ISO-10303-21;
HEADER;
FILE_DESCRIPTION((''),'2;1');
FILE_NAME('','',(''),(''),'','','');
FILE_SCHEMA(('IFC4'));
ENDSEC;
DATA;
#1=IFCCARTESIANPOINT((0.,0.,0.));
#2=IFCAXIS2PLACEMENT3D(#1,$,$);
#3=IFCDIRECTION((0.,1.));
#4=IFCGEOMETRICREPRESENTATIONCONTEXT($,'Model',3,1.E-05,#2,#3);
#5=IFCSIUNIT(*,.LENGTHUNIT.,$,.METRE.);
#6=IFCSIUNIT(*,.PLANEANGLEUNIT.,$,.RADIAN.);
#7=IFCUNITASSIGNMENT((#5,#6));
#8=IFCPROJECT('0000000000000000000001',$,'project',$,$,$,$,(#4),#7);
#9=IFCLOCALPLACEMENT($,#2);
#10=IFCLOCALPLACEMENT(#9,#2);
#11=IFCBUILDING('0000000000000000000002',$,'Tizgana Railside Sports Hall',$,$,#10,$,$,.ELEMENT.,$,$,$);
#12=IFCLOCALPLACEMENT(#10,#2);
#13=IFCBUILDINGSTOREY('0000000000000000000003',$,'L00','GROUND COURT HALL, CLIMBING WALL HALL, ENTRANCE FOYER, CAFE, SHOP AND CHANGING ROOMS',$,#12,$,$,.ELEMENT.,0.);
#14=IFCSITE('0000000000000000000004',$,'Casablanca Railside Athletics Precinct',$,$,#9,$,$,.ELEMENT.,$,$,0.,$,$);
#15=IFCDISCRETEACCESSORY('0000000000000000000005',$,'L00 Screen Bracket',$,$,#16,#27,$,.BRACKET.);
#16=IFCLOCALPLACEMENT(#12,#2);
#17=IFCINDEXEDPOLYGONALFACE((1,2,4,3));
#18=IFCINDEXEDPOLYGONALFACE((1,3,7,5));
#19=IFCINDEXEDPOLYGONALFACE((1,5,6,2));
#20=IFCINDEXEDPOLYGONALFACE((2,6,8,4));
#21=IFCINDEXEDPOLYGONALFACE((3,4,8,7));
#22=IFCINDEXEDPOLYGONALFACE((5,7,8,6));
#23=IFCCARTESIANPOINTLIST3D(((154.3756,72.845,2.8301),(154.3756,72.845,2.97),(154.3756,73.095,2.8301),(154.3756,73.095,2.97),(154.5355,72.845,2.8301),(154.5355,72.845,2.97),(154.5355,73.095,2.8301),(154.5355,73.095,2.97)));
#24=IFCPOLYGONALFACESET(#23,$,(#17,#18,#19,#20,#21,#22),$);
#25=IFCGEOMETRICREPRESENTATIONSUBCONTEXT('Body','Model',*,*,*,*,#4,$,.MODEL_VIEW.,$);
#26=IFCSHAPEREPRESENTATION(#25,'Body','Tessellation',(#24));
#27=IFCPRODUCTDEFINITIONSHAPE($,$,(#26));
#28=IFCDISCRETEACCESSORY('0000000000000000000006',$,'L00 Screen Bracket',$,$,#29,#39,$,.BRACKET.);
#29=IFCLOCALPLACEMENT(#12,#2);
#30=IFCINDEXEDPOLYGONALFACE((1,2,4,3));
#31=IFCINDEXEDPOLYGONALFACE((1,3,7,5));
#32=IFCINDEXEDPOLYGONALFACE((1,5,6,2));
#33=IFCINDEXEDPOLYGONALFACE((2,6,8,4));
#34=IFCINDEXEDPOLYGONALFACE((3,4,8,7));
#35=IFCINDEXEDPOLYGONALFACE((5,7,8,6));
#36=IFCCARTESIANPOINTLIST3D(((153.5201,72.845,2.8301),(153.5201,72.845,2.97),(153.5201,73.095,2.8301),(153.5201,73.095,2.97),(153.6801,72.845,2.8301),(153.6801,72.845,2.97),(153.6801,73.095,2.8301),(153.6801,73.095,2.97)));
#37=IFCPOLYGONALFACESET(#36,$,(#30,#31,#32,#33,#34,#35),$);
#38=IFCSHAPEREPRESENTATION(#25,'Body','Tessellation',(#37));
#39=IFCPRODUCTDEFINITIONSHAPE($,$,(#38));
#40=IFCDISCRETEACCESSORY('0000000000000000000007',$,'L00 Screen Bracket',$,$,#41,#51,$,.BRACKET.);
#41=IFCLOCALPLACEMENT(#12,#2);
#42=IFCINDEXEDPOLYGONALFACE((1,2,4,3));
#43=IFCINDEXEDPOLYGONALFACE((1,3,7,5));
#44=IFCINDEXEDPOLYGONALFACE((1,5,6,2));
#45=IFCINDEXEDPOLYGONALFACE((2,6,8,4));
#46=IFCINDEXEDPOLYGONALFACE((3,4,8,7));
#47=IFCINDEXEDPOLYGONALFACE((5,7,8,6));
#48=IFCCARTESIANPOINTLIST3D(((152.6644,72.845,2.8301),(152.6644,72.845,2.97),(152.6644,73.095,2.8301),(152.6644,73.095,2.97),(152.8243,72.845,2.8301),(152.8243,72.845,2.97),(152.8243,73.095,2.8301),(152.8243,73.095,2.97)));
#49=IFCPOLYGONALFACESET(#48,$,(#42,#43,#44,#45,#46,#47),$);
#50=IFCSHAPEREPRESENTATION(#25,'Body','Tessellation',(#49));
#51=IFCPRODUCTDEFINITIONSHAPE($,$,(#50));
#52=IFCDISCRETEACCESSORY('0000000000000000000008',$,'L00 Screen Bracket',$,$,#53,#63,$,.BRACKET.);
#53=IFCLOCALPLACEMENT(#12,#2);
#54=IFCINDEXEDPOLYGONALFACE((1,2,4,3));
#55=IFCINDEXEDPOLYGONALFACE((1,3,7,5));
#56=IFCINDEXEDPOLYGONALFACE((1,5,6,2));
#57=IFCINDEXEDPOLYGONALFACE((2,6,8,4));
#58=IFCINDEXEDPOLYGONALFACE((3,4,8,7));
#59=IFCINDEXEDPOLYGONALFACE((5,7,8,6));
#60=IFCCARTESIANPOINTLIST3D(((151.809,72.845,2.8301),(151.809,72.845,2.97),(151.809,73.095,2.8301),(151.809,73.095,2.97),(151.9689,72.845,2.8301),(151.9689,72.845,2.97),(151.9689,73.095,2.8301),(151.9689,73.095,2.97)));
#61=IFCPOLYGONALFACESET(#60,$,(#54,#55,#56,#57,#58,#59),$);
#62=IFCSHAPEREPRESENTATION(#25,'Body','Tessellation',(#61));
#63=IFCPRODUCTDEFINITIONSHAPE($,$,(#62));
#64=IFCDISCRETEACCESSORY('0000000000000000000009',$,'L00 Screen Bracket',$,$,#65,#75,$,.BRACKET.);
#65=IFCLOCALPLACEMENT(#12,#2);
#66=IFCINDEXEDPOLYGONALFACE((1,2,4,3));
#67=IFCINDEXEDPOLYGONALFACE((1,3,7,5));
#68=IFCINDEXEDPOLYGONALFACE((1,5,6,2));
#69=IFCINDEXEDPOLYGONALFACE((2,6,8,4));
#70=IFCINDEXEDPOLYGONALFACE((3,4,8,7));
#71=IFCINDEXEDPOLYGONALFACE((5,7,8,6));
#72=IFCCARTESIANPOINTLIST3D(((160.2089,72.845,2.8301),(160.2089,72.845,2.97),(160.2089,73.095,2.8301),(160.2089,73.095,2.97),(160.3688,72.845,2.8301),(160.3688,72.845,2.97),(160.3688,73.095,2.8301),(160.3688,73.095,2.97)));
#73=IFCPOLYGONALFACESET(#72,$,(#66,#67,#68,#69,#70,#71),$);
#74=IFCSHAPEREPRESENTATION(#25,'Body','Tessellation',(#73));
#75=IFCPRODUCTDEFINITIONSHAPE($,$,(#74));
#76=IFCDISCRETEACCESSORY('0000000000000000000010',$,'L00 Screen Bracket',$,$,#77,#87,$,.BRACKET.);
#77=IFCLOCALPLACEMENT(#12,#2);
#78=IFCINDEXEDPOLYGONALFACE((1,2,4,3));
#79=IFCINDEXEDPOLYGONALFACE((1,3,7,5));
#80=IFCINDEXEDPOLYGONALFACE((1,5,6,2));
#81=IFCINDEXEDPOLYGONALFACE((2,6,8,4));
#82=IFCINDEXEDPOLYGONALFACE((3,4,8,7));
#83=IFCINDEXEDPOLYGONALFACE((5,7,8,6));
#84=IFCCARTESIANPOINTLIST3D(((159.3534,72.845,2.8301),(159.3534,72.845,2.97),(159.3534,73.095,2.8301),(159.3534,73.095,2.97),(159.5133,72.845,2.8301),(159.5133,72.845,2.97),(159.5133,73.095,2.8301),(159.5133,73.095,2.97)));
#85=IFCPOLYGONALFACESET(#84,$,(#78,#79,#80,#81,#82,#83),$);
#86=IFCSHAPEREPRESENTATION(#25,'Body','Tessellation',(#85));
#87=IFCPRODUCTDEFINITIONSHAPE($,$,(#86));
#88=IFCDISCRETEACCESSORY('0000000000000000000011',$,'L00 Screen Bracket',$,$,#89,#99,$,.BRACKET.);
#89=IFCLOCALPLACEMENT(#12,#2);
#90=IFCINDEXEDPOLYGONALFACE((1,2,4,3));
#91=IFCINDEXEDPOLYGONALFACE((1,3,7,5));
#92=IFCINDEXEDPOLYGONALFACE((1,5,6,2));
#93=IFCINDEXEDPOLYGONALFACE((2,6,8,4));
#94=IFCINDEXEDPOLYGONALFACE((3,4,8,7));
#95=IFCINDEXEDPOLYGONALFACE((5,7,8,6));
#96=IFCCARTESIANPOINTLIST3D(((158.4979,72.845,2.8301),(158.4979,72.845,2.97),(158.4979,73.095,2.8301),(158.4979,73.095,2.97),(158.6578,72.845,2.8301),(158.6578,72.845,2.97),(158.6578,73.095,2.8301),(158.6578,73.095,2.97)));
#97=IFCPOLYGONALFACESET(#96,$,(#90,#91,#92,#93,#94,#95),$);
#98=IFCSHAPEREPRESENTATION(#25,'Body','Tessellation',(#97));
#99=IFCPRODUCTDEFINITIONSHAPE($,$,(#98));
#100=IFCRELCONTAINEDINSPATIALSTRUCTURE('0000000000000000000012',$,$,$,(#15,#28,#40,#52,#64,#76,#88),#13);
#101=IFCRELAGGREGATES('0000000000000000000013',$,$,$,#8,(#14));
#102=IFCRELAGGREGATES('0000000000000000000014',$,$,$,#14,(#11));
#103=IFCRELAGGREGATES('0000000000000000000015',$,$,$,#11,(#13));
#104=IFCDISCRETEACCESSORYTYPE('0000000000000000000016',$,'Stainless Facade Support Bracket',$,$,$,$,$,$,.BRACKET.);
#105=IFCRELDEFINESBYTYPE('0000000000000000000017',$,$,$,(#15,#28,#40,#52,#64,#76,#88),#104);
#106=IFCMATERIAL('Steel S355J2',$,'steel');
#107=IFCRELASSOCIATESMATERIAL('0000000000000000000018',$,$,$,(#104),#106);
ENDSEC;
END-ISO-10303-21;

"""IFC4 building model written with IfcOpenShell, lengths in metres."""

from ifc_helpers import new_model, si_unit, direction, frame, origin, origin_2d, place, context, subcontext, project, spatial, rectangle, extrude, material, type_object, element, save


model = new_model("IFC4")

# Units and contexts
model_context = context("Model", 3, precision=1e-05, world=origin(), true_north=direction((0.0, 1.0)))
body_context = subcontext(model_context, "Body", "Model", "MODEL_VIEW")
ifc_project = project(units=[si_unit("LENGTHUNIT", "METRE"), si_unit("PLANEANGLEUNIT", "RADIAN")], contexts=[model_context])

# Site, building, storey
site_placement = place(None, origin())
site = spatial("IfcSite", under=ifc_project, at=site_placement, Name="Casablanca Railside Athletics Precinct", CompositionType="ELEMENT", RefElevation=0.0)
building_placement = place(site_placement, origin())
building = spatial("IfcBuilding", under=site, at=building_placement, Name="Tizgana Railside Sports Hall", CompositionType="ELEMENT")
storey_placement = place(building_placement, origin())
storey = spatial("IfcBuildingStorey", under=building, at=storey_placement, Name="L00", Description="GROUND COURT HALL, CLIMBING WALL HALL, ENTRANCE FOYER, CAFE, SHOP AND CHANGING ROOMS", CompositionType="ELEMENT", Elevation=0.0)

# Shared definitions
ifc_material_1 = material(Name="Steel S355J2", Category="steel")

# Discrete accessories
discrete_accessory_type = type_object("IfcDiscreteAccessoryType", Name="Stainless Facade Support Bracket", PredefinedType="BRACKET", material=ifc_material_1)
for number, where, z_axis, x_axis, name in (
    (1, (154.4556, 72.97, 2.8301), (0.0, 0.0, 1.0), (-1.0, 0.0, 0.0), "L00 Screen Bracket"),
    (2, (153.6001, 72.97, 2.8301), (0.0, 0.0, 1.0), (-1.0, 0.0, 0.0), "L00 Screen Bracket"),
    (3, (152.7444, 72.97, 2.8301), (0.0, 0.0, 1.0), (-1.0, 0.0, 0.0), "L00 Screen Bracket"),
    (4, (151.8889, 72.97, 2.8301), (0.0, 0.0, 1.0), (-1.0, 0.0, 0.0), "L00 Screen Bracket"),
    (5, (160.2888, 72.97, 2.8301), (0.0, 0.0, 1.0), (-1.0, 0.0, 0.0), "L00 Screen Bracket"),
    (6, (159.4333, 72.97, 2.8301), (0.0, 0.0, 1.0), (-1.0, 0.0, 0.0), "L00 Screen Bracket"),
    (7, (158.5779, 72.97, 2.8301), (0.0, 0.0, 1.0), (-1.0, 0.0, 0.0), "L00 Screen Bracket"),
):
    element("IfcDiscreteAccessory", number, at=place(storey_placement, frame(where, z_axis=z_axis, x_axis=x_axis)), inside=storey, type_object=discrete_accessory_type, Name=name, PredefinedType="BRACKET", context=body_context, shape_type="SweptSolid", body=[
        extrude(rectangle(XDim=0.1599, YDim=0.25, at=origin_2d()), origin(), (0.0, 0.0, 1.0), 0.1399),
    ])

save(model, "model.ifc")
